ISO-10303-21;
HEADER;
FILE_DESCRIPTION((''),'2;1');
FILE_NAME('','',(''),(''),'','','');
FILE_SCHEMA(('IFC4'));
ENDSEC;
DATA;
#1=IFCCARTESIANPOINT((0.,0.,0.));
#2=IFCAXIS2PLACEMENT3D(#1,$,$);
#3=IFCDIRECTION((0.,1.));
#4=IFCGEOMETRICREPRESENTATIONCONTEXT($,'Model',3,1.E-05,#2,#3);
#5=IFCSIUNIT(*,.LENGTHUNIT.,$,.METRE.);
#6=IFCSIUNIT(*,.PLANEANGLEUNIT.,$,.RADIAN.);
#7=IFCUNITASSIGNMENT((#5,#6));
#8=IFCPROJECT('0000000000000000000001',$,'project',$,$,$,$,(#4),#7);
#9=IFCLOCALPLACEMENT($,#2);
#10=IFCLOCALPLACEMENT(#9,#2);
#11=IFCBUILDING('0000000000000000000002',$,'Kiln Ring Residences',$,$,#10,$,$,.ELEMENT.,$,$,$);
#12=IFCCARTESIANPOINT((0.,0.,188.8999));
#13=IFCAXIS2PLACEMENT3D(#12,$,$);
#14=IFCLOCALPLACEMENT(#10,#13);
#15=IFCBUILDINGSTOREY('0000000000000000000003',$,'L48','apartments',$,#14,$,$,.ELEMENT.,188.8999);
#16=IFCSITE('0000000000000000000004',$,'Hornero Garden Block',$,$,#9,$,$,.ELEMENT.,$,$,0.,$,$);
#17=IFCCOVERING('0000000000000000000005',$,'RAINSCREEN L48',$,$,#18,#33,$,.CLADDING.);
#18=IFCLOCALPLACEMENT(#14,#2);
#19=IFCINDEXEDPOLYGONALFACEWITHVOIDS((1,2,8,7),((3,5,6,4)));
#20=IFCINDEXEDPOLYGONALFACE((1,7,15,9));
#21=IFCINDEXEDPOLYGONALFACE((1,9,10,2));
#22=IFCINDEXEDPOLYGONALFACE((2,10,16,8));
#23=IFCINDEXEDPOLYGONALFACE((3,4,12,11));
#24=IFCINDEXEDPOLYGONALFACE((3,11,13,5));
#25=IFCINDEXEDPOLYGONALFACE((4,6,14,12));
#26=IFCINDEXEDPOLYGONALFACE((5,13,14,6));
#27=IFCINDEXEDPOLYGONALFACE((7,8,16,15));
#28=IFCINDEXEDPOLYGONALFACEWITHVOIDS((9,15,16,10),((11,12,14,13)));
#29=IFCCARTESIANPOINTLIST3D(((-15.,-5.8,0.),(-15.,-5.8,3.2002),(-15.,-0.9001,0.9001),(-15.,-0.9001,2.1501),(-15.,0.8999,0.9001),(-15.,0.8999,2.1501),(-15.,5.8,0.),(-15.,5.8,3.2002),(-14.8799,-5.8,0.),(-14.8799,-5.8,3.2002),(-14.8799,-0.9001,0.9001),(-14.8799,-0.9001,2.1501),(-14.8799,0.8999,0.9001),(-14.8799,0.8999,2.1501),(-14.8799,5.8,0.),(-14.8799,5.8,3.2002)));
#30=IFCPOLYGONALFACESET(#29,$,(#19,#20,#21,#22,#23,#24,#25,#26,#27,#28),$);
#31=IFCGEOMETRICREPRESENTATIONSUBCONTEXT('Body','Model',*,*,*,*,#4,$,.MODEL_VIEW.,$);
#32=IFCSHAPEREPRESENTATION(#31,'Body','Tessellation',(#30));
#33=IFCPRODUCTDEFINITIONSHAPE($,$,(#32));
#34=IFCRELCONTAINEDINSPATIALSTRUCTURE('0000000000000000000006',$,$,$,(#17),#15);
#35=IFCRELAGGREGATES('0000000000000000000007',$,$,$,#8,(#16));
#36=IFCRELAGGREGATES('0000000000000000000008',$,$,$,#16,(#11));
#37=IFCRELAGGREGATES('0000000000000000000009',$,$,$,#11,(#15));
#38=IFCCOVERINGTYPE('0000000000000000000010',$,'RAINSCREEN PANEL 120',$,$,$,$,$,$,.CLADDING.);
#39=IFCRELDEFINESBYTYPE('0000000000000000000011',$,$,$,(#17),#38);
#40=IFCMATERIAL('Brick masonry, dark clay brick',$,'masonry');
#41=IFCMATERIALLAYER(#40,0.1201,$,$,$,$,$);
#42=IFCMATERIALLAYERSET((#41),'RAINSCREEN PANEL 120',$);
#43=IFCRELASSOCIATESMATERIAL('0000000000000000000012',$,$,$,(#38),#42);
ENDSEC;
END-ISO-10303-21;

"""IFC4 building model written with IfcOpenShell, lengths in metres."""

from ifc_helpers import new_model, si_unit, direction, frame, origin, place, context, subcontext, project, spatial, polyline, outline, extrude, material, layer, layer_set, type_object, element, save


model = new_model("IFC4")

# Units and contexts
model_context = context("Model", 3, precision=1e-05, world=origin(), true_north=direction((0.0, 1.0)))
body_context = subcontext(model_context, "Body", "Model", "MODEL_VIEW")
ifc_project = project(units=[si_unit("LENGTHUNIT", "METRE"), si_unit("PLANEANGLEUNIT", "RADIAN")], contexts=[model_context])

# Site, building, storey
site_placement = place(None, origin())
site = spatial("IfcSite", under=ifc_project, at=site_placement, Name="Hornero Garden Block", CompositionType="ELEMENT", RefElevation=0.0)
building_placement = place(site_placement, origin())
building = spatial("IfcBuilding", under=site, at=building_placement, Name="Kiln Ring Residences", CompositionType="ELEMENT")
storey_placement = place(building_placement, frame((0.0, 0.0, 188.8999)))
storey = spatial("IfcBuildingStorey", under=building, at=storey_placement, Name="L48", Description="apartments", CompositionType="ELEMENT", Elevation=188.8999)

# Covering
ifc_material_1 = material(Name="Brick masonry, dark clay brick", Category="masonry")
ifc_layer_1 = layer(ifc_material_1, 0.1201)
ifc_layer_set_1 = layer_set([ifc_layer_1], Name="RAINSCREEN PANEL 120")
covering_type = type_object("IfcCoveringType", Name="RAINSCREEN PANEL 120", PredefinedType="CLADDING", material=ifc_layer_set_1)
covering_placement = place(storey_placement, frame((-14.9399, -5.8, 0.0), z_axis=(0.0, 0.0, 1.0), x_axis=(0.0, 1.0, 0.0)))
element("IfcCovering", 1, at=covering_placement, inside=storey, type_object=covering_type, Name="RAINSCREEN L48", PredefinedType="CLADDING", context=body_context, shape_type="SweptSolid", body=[
    extrude(outline(polyline([(0.0, 0.0), (11.6001, 0.0), (11.6001, 3.2002), (0.0, 3.2002), (0.0, 0.0)]), holes=[polyline([(4.8999, 2.1501), (4.8999, 0.9001), (6.7, 0.9001), (6.7, 2.1501), (4.8999, 2.1501)])]), frame((0.0, 0.0601, 0.0), z_axis=(0.0, -1.0, 0.0), x_axis=(1.0, 0.0, 0.0)), (0.0, 0.0, 1.0), 0.1201),
])

save(model, "model.ifc")
